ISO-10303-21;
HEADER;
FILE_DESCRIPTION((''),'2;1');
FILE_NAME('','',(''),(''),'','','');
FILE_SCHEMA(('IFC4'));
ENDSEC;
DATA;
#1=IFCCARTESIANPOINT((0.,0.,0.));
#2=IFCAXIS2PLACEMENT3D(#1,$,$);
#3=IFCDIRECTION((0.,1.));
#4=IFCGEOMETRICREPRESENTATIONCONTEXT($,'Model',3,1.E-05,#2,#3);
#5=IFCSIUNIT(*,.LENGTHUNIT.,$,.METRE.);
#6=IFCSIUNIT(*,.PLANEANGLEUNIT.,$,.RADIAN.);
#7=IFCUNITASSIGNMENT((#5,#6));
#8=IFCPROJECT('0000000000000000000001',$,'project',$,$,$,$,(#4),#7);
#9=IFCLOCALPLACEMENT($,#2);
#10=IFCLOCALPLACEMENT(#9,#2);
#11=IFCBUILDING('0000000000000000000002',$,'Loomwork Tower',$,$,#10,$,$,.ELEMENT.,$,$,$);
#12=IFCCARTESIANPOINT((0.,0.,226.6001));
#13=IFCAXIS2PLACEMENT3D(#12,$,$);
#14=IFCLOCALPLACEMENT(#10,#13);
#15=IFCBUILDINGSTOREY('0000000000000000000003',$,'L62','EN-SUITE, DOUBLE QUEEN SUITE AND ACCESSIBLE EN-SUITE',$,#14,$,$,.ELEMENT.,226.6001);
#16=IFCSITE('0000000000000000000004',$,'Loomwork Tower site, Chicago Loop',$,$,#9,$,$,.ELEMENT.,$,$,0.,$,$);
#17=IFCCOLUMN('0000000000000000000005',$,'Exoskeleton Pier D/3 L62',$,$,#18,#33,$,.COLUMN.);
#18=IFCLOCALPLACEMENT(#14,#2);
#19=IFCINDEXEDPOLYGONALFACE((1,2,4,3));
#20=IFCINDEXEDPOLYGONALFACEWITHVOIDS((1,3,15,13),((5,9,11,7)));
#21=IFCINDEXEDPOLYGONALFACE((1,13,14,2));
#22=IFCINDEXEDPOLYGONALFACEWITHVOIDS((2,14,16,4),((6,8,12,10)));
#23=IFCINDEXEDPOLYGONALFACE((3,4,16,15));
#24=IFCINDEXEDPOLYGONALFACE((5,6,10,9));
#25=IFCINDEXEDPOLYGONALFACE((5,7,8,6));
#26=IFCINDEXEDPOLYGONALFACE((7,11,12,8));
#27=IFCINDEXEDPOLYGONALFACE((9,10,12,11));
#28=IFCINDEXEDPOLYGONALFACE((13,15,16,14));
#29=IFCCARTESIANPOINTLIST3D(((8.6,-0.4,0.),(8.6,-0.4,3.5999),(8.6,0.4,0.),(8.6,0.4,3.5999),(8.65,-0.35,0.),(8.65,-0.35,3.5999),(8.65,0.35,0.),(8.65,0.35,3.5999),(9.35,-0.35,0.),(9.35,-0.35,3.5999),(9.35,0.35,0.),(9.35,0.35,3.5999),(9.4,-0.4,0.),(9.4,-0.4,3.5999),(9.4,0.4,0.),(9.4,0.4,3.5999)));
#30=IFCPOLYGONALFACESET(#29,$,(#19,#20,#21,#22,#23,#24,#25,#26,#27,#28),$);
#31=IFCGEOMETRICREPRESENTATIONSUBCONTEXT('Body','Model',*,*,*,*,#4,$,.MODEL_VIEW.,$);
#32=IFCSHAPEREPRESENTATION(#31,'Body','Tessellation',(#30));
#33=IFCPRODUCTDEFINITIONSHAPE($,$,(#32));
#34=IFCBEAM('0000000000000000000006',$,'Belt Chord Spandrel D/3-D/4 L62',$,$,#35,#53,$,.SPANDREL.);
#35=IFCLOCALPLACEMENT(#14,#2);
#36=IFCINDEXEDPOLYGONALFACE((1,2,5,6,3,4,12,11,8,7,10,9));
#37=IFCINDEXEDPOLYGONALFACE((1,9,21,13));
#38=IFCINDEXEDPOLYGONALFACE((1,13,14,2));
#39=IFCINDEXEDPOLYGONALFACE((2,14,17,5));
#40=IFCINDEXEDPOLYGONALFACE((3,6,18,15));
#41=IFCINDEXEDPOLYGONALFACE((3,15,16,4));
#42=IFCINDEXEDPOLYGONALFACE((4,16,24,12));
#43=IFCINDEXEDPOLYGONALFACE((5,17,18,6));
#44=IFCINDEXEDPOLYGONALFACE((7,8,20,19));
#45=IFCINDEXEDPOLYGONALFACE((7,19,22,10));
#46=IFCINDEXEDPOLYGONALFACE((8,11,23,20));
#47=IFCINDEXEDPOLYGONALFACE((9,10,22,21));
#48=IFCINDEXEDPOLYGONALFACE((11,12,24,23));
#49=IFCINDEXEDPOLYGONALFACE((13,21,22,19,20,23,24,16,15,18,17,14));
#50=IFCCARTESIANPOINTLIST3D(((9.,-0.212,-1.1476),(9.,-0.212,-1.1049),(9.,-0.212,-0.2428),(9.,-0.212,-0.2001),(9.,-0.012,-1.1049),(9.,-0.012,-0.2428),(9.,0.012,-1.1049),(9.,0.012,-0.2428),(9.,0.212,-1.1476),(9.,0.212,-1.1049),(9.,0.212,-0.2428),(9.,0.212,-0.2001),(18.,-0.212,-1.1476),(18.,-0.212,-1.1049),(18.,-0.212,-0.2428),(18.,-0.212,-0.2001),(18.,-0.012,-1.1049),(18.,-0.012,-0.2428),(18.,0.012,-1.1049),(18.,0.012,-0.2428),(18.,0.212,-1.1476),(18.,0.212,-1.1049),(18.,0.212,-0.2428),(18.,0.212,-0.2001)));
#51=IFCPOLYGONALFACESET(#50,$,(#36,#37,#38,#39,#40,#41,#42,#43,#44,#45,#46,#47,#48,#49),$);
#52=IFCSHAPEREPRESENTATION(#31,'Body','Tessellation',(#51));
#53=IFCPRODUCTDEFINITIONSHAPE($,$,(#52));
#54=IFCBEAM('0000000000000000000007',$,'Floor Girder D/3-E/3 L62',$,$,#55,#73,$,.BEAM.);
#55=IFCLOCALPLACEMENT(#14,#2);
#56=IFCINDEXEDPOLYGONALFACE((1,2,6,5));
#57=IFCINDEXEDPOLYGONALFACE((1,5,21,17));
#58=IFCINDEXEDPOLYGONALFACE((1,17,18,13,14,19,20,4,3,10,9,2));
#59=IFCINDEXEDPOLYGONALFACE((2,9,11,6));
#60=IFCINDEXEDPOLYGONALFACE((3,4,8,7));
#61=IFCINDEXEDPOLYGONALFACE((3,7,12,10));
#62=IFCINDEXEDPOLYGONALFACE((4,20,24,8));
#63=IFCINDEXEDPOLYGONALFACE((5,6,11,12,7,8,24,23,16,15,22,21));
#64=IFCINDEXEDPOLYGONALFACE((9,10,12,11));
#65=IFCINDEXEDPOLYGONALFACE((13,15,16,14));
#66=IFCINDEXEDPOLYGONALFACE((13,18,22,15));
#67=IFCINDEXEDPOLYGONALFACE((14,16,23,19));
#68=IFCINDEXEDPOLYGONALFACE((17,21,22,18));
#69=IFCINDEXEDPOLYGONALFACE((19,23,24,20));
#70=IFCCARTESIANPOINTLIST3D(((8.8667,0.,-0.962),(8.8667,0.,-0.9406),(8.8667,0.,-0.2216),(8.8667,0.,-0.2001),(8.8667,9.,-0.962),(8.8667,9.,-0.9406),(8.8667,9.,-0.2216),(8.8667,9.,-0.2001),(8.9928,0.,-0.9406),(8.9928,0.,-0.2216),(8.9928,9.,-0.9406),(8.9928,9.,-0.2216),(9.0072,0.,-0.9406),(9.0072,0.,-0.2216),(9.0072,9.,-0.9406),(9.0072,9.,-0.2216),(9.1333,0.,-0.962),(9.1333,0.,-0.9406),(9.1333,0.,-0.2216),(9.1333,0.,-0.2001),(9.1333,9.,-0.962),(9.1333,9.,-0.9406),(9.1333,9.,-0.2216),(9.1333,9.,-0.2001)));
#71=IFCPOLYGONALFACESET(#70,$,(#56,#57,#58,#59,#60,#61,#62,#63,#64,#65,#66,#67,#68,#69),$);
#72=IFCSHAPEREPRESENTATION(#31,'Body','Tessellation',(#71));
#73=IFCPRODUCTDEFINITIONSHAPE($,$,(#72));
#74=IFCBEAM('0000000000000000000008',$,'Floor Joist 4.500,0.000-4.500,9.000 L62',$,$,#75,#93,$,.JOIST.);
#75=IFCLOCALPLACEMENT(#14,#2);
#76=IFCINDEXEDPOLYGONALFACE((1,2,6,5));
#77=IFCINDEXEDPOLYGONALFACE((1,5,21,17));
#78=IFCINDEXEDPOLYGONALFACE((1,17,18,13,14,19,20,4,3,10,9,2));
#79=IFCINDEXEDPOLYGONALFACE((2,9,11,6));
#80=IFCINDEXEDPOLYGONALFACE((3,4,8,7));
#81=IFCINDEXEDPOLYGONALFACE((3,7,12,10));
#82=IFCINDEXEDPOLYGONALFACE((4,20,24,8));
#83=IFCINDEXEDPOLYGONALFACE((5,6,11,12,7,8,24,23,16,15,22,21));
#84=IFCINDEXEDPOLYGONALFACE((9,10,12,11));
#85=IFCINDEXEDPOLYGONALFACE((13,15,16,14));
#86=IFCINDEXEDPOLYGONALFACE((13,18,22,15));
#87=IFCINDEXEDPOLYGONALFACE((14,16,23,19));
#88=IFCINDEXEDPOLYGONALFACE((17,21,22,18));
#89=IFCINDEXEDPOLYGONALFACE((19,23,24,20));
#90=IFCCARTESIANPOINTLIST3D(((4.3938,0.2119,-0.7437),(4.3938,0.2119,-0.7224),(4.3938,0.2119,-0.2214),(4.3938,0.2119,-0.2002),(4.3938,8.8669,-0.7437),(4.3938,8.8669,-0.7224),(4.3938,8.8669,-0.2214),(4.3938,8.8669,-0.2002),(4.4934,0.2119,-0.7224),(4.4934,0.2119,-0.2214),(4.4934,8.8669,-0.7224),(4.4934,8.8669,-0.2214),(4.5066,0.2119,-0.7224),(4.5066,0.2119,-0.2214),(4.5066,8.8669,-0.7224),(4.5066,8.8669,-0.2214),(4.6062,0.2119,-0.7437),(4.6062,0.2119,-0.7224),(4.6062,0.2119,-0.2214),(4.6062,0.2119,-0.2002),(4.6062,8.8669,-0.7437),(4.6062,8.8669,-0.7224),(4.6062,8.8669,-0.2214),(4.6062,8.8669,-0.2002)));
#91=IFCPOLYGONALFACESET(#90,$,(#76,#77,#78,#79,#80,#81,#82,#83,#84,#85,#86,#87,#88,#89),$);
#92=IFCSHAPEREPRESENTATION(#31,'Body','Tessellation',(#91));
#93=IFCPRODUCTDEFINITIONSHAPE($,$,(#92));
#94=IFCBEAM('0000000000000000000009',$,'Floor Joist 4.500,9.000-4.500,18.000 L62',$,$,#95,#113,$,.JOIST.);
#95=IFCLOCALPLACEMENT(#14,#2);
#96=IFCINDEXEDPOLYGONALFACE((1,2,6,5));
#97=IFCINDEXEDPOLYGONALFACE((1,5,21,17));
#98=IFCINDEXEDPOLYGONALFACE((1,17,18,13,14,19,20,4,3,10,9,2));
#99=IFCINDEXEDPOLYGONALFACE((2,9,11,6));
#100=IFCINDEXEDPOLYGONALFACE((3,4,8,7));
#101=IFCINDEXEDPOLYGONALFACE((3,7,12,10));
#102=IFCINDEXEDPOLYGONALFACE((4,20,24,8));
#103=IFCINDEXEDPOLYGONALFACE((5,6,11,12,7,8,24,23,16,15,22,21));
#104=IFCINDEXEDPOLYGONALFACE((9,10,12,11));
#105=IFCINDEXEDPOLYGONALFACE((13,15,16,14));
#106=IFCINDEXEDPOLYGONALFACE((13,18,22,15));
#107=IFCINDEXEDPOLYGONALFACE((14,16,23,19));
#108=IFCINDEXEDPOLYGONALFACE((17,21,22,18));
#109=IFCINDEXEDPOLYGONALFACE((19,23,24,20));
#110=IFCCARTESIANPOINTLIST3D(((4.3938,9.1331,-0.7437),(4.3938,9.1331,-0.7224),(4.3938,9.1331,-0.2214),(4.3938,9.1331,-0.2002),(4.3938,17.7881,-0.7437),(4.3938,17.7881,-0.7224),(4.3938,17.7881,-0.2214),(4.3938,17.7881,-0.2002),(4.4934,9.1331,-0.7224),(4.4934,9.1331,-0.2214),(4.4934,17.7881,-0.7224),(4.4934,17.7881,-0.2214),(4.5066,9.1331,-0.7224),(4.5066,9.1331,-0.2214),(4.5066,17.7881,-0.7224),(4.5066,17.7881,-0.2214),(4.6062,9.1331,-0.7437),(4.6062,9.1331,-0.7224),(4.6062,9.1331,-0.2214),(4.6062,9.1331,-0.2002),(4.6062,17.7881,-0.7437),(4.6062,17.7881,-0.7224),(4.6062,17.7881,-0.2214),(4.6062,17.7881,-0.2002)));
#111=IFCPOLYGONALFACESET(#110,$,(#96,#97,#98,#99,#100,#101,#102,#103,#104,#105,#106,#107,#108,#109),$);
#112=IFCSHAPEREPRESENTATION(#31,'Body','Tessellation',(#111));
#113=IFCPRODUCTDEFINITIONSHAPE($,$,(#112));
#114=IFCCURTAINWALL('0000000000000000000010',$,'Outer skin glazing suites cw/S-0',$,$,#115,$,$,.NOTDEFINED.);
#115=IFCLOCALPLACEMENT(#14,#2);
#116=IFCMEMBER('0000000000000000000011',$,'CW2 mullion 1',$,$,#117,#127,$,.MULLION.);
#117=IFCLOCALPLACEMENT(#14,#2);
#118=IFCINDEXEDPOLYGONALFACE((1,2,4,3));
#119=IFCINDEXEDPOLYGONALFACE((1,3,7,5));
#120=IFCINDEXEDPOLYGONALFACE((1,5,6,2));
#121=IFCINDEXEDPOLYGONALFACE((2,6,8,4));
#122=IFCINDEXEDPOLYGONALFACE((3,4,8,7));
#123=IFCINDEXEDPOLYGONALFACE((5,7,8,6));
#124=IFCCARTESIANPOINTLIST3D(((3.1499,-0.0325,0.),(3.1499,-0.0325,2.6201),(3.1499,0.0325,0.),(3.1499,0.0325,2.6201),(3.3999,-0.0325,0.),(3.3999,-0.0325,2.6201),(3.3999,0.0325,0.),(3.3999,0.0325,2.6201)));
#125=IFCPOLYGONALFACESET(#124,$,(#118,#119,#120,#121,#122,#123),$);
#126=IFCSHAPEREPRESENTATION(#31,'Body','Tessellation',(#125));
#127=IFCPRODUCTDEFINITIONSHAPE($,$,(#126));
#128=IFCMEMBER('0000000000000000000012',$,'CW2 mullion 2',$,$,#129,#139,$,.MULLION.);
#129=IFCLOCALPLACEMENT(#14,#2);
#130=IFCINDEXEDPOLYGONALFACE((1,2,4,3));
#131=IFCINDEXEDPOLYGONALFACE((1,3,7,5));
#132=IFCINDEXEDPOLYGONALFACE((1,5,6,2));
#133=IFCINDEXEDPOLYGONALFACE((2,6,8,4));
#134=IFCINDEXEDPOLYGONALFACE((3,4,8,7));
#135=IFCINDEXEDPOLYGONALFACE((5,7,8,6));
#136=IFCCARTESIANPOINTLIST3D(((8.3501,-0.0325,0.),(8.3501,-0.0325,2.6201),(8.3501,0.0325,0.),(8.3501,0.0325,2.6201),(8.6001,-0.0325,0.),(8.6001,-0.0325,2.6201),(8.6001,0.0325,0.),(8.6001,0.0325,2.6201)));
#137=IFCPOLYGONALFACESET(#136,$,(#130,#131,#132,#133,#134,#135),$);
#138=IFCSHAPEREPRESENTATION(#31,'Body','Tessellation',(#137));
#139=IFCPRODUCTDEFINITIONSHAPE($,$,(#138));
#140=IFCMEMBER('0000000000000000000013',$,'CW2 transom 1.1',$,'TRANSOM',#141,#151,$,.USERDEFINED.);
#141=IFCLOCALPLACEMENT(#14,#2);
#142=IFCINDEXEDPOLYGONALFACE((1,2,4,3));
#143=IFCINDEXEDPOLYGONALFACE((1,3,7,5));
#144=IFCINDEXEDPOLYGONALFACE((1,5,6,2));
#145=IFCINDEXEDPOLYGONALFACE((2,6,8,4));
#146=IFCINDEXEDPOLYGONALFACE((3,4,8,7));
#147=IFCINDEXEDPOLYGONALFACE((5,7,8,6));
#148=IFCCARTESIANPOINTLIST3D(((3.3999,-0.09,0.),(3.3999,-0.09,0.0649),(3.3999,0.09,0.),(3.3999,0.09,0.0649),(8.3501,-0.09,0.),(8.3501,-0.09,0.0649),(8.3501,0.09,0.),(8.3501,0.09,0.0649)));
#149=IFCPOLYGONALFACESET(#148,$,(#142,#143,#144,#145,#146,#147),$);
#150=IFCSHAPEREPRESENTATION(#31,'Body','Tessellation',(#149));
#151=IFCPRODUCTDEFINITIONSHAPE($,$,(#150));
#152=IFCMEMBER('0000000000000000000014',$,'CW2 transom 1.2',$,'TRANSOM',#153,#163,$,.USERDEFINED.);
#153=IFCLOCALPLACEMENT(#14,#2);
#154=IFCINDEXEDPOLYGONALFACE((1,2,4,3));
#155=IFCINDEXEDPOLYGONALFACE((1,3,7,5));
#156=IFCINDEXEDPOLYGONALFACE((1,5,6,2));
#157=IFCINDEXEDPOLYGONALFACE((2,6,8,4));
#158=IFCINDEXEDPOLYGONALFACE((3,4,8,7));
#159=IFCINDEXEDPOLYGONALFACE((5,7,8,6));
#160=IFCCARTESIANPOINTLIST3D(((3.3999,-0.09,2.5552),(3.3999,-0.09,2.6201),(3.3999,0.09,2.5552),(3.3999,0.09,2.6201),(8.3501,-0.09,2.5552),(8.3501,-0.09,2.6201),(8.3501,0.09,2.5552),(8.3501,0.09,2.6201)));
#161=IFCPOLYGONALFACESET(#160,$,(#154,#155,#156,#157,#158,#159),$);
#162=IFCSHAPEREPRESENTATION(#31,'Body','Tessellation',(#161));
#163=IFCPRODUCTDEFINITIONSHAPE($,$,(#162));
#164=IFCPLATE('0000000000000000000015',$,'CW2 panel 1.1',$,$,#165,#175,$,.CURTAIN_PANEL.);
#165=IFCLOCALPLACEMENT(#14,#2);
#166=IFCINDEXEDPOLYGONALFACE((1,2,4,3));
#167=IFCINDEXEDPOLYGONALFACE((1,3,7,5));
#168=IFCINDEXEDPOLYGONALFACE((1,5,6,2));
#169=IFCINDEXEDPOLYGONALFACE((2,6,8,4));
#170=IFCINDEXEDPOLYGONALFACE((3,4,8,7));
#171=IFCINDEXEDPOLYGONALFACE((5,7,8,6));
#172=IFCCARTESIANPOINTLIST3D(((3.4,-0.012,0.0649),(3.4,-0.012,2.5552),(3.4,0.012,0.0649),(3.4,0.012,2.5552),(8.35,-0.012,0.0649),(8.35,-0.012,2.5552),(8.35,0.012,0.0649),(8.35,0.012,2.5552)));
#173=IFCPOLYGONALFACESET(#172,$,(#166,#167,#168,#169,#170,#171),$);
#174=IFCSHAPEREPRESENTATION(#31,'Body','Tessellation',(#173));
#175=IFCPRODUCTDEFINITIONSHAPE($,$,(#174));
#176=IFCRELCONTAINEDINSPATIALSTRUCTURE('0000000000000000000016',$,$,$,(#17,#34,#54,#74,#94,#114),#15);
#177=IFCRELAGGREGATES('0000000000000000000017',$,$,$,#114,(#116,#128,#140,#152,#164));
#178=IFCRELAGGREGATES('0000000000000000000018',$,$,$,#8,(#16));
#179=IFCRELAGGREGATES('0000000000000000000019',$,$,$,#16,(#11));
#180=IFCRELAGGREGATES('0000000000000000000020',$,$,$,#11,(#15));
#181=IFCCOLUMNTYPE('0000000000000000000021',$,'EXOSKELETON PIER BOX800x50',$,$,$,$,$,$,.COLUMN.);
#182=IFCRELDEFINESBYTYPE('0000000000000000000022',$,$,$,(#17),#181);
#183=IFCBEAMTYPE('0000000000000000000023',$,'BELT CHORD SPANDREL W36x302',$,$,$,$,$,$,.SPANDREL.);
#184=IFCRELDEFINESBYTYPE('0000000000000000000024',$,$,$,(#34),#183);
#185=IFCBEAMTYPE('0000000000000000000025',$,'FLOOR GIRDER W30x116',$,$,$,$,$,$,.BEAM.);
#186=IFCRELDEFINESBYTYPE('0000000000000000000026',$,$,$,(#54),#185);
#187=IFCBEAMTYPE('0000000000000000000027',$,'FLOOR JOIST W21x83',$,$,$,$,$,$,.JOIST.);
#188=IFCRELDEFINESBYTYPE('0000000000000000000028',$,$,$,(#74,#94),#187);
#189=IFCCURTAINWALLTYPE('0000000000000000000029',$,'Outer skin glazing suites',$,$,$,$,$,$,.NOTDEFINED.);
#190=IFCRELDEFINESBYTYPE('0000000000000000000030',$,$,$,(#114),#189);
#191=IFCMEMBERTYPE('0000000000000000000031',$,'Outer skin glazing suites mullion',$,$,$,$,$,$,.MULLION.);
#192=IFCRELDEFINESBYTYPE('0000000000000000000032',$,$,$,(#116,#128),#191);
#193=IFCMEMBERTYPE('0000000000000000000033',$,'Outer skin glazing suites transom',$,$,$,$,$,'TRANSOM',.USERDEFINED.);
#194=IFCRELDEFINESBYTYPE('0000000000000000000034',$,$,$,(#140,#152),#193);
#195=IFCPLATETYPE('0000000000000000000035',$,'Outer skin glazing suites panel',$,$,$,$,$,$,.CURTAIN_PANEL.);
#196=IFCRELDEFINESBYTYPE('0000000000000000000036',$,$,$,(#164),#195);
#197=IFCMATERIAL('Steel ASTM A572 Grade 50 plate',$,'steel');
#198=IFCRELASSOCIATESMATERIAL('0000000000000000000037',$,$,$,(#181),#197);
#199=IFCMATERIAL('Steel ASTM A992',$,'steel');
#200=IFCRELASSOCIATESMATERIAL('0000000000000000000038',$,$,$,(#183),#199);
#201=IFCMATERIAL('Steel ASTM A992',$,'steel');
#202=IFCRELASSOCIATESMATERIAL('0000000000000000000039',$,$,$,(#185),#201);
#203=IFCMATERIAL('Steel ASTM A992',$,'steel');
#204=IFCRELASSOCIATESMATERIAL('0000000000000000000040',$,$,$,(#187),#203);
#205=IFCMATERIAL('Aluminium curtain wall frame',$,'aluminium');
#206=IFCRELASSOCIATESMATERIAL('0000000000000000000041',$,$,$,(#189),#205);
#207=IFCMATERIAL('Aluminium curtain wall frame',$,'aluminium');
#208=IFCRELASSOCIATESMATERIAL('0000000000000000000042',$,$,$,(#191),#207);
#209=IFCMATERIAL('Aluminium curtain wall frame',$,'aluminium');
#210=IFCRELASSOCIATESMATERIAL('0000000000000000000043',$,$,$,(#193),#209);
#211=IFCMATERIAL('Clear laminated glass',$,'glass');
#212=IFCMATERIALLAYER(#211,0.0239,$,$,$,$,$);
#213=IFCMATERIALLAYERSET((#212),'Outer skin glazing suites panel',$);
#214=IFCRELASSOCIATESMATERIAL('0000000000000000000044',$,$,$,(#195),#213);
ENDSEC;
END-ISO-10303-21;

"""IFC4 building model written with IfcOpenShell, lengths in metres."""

from ifc_helpers import new_model, si_unit, direction, frame, origin, origin_2d, place, context, subcontext, project, spatial, rectangle, hollow_rectangle, i_section, extrude, material, layer, layer_set, material_profile, profile_set, type_object, element, aggregate, save


model = new_model("IFC4")

# Units and contexts
model_context = context("Model", 3, precision=1e-05, world=origin(), true_north=direction((0.0, 1.0)))
body_context = subcontext(model_context, "Body", "Model", "MODEL_VIEW")
ifc_project = project(units=[si_unit("LENGTHUNIT", "METRE"), si_unit("PLANEANGLEUNIT", "RADIAN")], contexts=[model_context])

# Site, building, storey
site_placement = place(None, origin())
site = spatial("IfcSite", under=ifc_project, at=site_placement, Name="Loomwork Tower site, Chicago Loop", CompositionType="ELEMENT", RefElevation=0.0)
building_placement = place(site_placement, origin())
building = spatial("IfcBuilding", under=site, at=building_placement, Name="Loomwork Tower", CompositionType="ELEMENT")
storey_placement = place(building_placement, frame((0.0, 0.0, 226.6001)))
storey = spatial("IfcBuildingStorey", under=building, at=storey_placement, Name="L62", Description="EN-SUITE, DOUBLE QUEEN SUITE AND ACCESSIBLE EN-SUITE", CompositionType="ELEMENT", Elevation=226.6001)

# Column
ifc_material_1 = material(Name="Steel ASTM A572 Grade 50 plate", Category="steel")
ifc_material_profile_1 = material_profile(ifc_material_1, hollow_rectangle(XDim=0.8, YDim=0.8, WallThickness=0.05, at=origin_2d()), Name="BOX800x50")
ifc_profile_set_1 = profile_set([ifc_material_profile_1], Name="Steel ASTM A572 Grade 50 plate")
column_type = type_object("IfcColumnType", Name="EXOSKELETON PIER BOX800x50", PredefinedType="COLUMN", material=ifc_profile_set_1)
column_placement = place(storey_placement, frame((9.0, 0.0, 0.0), z_axis=(0.0, 0.0, 1.0), x_axis=(1.0, 0.0, 0.0)))
element("IfcColumn", 1, at=column_placement, inside=storey, type_object=column_type, Name="Exoskeleton Pier D/3 L62", PredefinedType="COLUMN", context=body_context, shape_type="SweptSolid", body=[
    extrude(hollow_rectangle(XDim=0.8, YDim=0.8, WallThickness=0.05, at=origin_2d()), origin(), (0.0, 0.0, 1.0), 3.5999),
])

# Beams
ifc_material_2 = material(Name="Steel ASTM A992", Category="steel")
ifc_material_profile_2 = material_profile(ifc_material_2, i_section(OverallWidth=0.4241, OverallDepth=0.9475, WebThickness=0.0239, FlangeThickness=0.0427, at=origin_2d()), Name="W36x302")
ifc_profile_set_2 = profile_set([ifc_material_profile_2], Name="Steel ASTM A992")
beam_type_1 = type_object("IfcBeamType", Name="BELT CHORD SPANDREL W36x302", PredefinedType="SPANDREL", material=ifc_profile_set_2)
beam_1_placement = place(storey_placement, frame((9.0, 0.0, -0.6738), z_axis=(1.0, 0.0, 0.0), x_axis=(0.0, 1.0, 0.0)))
element("IfcBeam", 2, at=beam_1_placement, inside=storey, type_object=beam_type_1, Name="Belt Chord Spandrel D/3-D/4 L62", PredefinedType="SPANDREL", context=body_context, shape_type="SweptSolid", body=[
    extrude(i_section(OverallWidth=0.4241, OverallDepth=0.9475, WebThickness=0.0239, FlangeThickness=0.0427, at=origin_2d()), origin(), (0.0, 0.0, 1.0), 9.0),
])
ifc_material_3 = material(Name="Steel ASTM A992", Category="steel")
ifc_material_profile_3 = material_profile(ifc_material_3, i_section(OverallWidth=0.2666, OverallDepth=0.762, WebThickness=0.0144, FlangeThickness=0.0215, at=origin_2d()), Name="W30x116")
ifc_profile_set_3 = profile_set([ifc_material_profile_3], Name="Steel ASTM A992")
beam_type_2 = type_object("IfcBeamType", Name="FLOOR GIRDER W30x116", PredefinedType="BEAM", material=ifc_profile_set_3)
beam_2_placement = place(storey_placement, frame((9.0, 0.0, -0.5811), z_axis=(0.0, 1.0, 0.0), x_axis=(-1.0, 0.0, 0.0)))
element("IfcBeam", 3, at=beam_2_placement, inside=storey, type_object=beam_type_2, Name="Floor Girder D/3-E/3 L62", PredefinedType="BEAM", context=body_context, shape_type="SweptSolid", body=[
    extrude(i_section(OverallWidth=0.2666, OverallDepth=0.762, WebThickness=0.0144, FlangeThickness=0.0215, at=origin_2d()), origin(), (0.0, 0.0, 1.0), 9.0),
])
ifc_material_4 = material(Name="Steel ASTM A992", Category="steel")
ifc_material_profile_4 = material_profile(ifc_material_4, i_section(OverallWidth=0.2124, OverallDepth=0.5435, WebThickness=0.0132, FlangeThickness=0.0212, at=origin_2d()), Name="W21x83")
ifc_profile_set_4 = profile_set([ifc_material_profile_4], Name="Steel ASTM A992")
beam_type_3 = type_object("IfcBeamType", Name="FLOOR JOIST W21x83", PredefinedType="JOIST", material=ifc_profile_set_4)
for number, where, z_axis, x_axis, name in (
    (4, (4.5, 0.2119, -0.4719), (0.0, 1.0, 0.0), (-1.0, 0.0, 0.0), "Floor Joist 4.500,0.000-4.500,9.000 L62"),
    (5, (4.5, 9.1331, -0.4719), (0.0, 1.0, 0.0), (-1.0, 0.0, 0.0), "Floor Joist 4.500,9.000-4.500,18.000 L62"),
):
    element("IfcBeam", number, at=place(storey_placement, frame(where, z_axis=z_axis, x_axis=x_axis)), inside=storey, type_object=beam_type_3, Name=name, PredefinedType="JOIST", context=body_context, shape_type="SweptSolid", body=[
        extrude(i_section(OverallWidth=0.2124, OverallDepth=0.5435, WebThickness=0.0132, FlangeThickness=0.0212, at=origin_2d()), origin(), (0.0, 0.0, 1.0), 8.655),
    ])

# Curtain wall, members, plate
ifc_material_5 = material(Name="Aluminium curtain wall frame", Category="aluminium")
curtain_wall_type = type_object("IfcCurtainWallType", Name="Outer skin glazing suites", PredefinedType="NOTDEFINED", material=ifc_material_5)
curtain_wall_placement = place(storey_placement, origin())
curtain_wall = element("IfcCurtainWall", 6, at=curtain_wall_placement, inside=storey, type_object=curtain_wall_type, Name="Outer skin glazing suites cw/S-0", PredefinedType="NOTDEFINED")
ifc_material_6 = material(Name="Aluminium curtain wall frame", Category="aluminium")
ifc_material_profile_5 = material_profile(ifc_material_6, rectangle(XDim=0.0649, YDim=0.25, at=origin_2d()), Name="AL 65x250")
ifc_profile_set_5 = profile_set([ifc_material_profile_5], Name="Aluminium curtain wall frame")
member_type_1 = type_object("IfcMemberType", Name="Outer skin glazing suites mullion", PredefinedType="MULLION", material=ifc_profile_set_5)
member_1_placement = place(storey_placement, frame((3.2749, 0.0, 0.0), z_axis=(0.0, 0.0, 1.0), x_axis=(0.0, 1.0, 0.0)))
member_1 = element("IfcMember", 7, at=member_1_placement, type_object=member_type_1, Name="CW2 mullion 1", PredefinedType="MULLION", context=body_context, shape_type="SweptSolid", body=[
    extrude(rectangle(XDim=0.0649, YDim=0.25, at=origin_2d()), origin(), (0.0, 0.0, 1.0), 2.6201),
])
member_2_placement = place(storey_placement, frame((8.4751, 0.0, 0.0), z_axis=(0.0, 0.0, 1.0), x_axis=(0.0, 1.0, 0.0)))
member_2 = element("IfcMember", 8, at=member_2_placement, type_object=member_type_1, Name="CW2 mullion 2", PredefinedType="MULLION", context=body_context, shape_type="SweptSolid", body=[
    extrude(rectangle(XDim=0.0649, YDim=0.25, at=origin_2d()), origin(), (0.0, 0.0, 1.0), 2.6201),
])
ifc_material_7 = material(Name="Aluminium curtain wall frame", Category="aluminium")
ifc_material_profile_6 = material_profile(ifc_material_7, rectangle(XDim=0.1799, YDim=0.0649, at=origin_2d()), Name="AL 65x180")
ifc_profile_set_6 = profile_set([ifc_material_profile_6], Name="Aluminium curtain wall frame")
member_type_2 = type_object("IfcMemberType", Name="Outer skin glazing suites transom", ElementType="TRANSOM", PredefinedType="USERDEFINED", material=ifc_profile_set_6)
member_3_placement = place(storey_placement, frame((3.3999, 0.0, 0.0325), z_axis=(1.0, 0.0, 0.0), x_axis=(0.0, 1.0, 0.0)))
member_3 = element("IfcMember", 9, at=member_3_placement, type_object=member_type_2, Name="CW2 transom 1.1", ObjectType="TRANSOM", PredefinedType="USERDEFINED", context=body_context, shape_type="SweptSolid", body=[
    extrude(rectangle(XDim=0.1799, YDim=0.0649, at=origin_2d()), origin(), (0.0, 0.0, 1.0), 4.9502),
])
member_4_placement = place(storey_placement, frame((3.3999, 0.0, 2.5876), z_axis=(1.0, 0.0, 0.0), x_axis=(0.0, 1.0, 0.0)))
member_4 = element("IfcMember", 10, at=member_4_placement, type_object=member_type_2, Name="CW2 transom 1.2", ObjectType="TRANSOM", PredefinedType="USERDEFINED", context=body_context, shape_type="SweptSolid", body=[
    extrude(rectangle(XDim=0.1799, YDim=0.0649, at=origin_2d()), origin(), (0.0, 0.0, 1.0), 4.9502),
])
ifc_material_8 = material(Name="Clear laminated glass", Category="glass")
ifc_layer_1 = layer(ifc_material_8, 0.0239)
ifc_layer_set_1 = layer_set([ifc_layer_1], Name="Outer skin glazing suites panel")
plate_type = type_object("IfcPlateType", Name="Outer skin glazing suites panel", PredefinedType="CURTAIN_PANEL", material=ifc_layer_set_1)
plate_placement = place(storey_placement, frame((5.875, 0.0, 0.0649), z_axis=(0.0, 0.0, 1.0), x_axis=(1.0, 0.0, 0.0)))
plate = element("IfcPlate", 11, at=plate_placement, type_object=plate_type, Name="CW2 panel 1.1", PredefinedType="CURTAIN_PANEL", context=body_context, shape_type="SweptSolid", body=[
    extrude(rectangle(XDim=4.95, YDim=0.0239, at=origin_2d()), origin(), (0.0, 0.0, 1.0), 2.4902),
])
aggregate(curtain_wall, [member_1, member_2, member_3, member_4, plate])

save(model, "model.ifc")
